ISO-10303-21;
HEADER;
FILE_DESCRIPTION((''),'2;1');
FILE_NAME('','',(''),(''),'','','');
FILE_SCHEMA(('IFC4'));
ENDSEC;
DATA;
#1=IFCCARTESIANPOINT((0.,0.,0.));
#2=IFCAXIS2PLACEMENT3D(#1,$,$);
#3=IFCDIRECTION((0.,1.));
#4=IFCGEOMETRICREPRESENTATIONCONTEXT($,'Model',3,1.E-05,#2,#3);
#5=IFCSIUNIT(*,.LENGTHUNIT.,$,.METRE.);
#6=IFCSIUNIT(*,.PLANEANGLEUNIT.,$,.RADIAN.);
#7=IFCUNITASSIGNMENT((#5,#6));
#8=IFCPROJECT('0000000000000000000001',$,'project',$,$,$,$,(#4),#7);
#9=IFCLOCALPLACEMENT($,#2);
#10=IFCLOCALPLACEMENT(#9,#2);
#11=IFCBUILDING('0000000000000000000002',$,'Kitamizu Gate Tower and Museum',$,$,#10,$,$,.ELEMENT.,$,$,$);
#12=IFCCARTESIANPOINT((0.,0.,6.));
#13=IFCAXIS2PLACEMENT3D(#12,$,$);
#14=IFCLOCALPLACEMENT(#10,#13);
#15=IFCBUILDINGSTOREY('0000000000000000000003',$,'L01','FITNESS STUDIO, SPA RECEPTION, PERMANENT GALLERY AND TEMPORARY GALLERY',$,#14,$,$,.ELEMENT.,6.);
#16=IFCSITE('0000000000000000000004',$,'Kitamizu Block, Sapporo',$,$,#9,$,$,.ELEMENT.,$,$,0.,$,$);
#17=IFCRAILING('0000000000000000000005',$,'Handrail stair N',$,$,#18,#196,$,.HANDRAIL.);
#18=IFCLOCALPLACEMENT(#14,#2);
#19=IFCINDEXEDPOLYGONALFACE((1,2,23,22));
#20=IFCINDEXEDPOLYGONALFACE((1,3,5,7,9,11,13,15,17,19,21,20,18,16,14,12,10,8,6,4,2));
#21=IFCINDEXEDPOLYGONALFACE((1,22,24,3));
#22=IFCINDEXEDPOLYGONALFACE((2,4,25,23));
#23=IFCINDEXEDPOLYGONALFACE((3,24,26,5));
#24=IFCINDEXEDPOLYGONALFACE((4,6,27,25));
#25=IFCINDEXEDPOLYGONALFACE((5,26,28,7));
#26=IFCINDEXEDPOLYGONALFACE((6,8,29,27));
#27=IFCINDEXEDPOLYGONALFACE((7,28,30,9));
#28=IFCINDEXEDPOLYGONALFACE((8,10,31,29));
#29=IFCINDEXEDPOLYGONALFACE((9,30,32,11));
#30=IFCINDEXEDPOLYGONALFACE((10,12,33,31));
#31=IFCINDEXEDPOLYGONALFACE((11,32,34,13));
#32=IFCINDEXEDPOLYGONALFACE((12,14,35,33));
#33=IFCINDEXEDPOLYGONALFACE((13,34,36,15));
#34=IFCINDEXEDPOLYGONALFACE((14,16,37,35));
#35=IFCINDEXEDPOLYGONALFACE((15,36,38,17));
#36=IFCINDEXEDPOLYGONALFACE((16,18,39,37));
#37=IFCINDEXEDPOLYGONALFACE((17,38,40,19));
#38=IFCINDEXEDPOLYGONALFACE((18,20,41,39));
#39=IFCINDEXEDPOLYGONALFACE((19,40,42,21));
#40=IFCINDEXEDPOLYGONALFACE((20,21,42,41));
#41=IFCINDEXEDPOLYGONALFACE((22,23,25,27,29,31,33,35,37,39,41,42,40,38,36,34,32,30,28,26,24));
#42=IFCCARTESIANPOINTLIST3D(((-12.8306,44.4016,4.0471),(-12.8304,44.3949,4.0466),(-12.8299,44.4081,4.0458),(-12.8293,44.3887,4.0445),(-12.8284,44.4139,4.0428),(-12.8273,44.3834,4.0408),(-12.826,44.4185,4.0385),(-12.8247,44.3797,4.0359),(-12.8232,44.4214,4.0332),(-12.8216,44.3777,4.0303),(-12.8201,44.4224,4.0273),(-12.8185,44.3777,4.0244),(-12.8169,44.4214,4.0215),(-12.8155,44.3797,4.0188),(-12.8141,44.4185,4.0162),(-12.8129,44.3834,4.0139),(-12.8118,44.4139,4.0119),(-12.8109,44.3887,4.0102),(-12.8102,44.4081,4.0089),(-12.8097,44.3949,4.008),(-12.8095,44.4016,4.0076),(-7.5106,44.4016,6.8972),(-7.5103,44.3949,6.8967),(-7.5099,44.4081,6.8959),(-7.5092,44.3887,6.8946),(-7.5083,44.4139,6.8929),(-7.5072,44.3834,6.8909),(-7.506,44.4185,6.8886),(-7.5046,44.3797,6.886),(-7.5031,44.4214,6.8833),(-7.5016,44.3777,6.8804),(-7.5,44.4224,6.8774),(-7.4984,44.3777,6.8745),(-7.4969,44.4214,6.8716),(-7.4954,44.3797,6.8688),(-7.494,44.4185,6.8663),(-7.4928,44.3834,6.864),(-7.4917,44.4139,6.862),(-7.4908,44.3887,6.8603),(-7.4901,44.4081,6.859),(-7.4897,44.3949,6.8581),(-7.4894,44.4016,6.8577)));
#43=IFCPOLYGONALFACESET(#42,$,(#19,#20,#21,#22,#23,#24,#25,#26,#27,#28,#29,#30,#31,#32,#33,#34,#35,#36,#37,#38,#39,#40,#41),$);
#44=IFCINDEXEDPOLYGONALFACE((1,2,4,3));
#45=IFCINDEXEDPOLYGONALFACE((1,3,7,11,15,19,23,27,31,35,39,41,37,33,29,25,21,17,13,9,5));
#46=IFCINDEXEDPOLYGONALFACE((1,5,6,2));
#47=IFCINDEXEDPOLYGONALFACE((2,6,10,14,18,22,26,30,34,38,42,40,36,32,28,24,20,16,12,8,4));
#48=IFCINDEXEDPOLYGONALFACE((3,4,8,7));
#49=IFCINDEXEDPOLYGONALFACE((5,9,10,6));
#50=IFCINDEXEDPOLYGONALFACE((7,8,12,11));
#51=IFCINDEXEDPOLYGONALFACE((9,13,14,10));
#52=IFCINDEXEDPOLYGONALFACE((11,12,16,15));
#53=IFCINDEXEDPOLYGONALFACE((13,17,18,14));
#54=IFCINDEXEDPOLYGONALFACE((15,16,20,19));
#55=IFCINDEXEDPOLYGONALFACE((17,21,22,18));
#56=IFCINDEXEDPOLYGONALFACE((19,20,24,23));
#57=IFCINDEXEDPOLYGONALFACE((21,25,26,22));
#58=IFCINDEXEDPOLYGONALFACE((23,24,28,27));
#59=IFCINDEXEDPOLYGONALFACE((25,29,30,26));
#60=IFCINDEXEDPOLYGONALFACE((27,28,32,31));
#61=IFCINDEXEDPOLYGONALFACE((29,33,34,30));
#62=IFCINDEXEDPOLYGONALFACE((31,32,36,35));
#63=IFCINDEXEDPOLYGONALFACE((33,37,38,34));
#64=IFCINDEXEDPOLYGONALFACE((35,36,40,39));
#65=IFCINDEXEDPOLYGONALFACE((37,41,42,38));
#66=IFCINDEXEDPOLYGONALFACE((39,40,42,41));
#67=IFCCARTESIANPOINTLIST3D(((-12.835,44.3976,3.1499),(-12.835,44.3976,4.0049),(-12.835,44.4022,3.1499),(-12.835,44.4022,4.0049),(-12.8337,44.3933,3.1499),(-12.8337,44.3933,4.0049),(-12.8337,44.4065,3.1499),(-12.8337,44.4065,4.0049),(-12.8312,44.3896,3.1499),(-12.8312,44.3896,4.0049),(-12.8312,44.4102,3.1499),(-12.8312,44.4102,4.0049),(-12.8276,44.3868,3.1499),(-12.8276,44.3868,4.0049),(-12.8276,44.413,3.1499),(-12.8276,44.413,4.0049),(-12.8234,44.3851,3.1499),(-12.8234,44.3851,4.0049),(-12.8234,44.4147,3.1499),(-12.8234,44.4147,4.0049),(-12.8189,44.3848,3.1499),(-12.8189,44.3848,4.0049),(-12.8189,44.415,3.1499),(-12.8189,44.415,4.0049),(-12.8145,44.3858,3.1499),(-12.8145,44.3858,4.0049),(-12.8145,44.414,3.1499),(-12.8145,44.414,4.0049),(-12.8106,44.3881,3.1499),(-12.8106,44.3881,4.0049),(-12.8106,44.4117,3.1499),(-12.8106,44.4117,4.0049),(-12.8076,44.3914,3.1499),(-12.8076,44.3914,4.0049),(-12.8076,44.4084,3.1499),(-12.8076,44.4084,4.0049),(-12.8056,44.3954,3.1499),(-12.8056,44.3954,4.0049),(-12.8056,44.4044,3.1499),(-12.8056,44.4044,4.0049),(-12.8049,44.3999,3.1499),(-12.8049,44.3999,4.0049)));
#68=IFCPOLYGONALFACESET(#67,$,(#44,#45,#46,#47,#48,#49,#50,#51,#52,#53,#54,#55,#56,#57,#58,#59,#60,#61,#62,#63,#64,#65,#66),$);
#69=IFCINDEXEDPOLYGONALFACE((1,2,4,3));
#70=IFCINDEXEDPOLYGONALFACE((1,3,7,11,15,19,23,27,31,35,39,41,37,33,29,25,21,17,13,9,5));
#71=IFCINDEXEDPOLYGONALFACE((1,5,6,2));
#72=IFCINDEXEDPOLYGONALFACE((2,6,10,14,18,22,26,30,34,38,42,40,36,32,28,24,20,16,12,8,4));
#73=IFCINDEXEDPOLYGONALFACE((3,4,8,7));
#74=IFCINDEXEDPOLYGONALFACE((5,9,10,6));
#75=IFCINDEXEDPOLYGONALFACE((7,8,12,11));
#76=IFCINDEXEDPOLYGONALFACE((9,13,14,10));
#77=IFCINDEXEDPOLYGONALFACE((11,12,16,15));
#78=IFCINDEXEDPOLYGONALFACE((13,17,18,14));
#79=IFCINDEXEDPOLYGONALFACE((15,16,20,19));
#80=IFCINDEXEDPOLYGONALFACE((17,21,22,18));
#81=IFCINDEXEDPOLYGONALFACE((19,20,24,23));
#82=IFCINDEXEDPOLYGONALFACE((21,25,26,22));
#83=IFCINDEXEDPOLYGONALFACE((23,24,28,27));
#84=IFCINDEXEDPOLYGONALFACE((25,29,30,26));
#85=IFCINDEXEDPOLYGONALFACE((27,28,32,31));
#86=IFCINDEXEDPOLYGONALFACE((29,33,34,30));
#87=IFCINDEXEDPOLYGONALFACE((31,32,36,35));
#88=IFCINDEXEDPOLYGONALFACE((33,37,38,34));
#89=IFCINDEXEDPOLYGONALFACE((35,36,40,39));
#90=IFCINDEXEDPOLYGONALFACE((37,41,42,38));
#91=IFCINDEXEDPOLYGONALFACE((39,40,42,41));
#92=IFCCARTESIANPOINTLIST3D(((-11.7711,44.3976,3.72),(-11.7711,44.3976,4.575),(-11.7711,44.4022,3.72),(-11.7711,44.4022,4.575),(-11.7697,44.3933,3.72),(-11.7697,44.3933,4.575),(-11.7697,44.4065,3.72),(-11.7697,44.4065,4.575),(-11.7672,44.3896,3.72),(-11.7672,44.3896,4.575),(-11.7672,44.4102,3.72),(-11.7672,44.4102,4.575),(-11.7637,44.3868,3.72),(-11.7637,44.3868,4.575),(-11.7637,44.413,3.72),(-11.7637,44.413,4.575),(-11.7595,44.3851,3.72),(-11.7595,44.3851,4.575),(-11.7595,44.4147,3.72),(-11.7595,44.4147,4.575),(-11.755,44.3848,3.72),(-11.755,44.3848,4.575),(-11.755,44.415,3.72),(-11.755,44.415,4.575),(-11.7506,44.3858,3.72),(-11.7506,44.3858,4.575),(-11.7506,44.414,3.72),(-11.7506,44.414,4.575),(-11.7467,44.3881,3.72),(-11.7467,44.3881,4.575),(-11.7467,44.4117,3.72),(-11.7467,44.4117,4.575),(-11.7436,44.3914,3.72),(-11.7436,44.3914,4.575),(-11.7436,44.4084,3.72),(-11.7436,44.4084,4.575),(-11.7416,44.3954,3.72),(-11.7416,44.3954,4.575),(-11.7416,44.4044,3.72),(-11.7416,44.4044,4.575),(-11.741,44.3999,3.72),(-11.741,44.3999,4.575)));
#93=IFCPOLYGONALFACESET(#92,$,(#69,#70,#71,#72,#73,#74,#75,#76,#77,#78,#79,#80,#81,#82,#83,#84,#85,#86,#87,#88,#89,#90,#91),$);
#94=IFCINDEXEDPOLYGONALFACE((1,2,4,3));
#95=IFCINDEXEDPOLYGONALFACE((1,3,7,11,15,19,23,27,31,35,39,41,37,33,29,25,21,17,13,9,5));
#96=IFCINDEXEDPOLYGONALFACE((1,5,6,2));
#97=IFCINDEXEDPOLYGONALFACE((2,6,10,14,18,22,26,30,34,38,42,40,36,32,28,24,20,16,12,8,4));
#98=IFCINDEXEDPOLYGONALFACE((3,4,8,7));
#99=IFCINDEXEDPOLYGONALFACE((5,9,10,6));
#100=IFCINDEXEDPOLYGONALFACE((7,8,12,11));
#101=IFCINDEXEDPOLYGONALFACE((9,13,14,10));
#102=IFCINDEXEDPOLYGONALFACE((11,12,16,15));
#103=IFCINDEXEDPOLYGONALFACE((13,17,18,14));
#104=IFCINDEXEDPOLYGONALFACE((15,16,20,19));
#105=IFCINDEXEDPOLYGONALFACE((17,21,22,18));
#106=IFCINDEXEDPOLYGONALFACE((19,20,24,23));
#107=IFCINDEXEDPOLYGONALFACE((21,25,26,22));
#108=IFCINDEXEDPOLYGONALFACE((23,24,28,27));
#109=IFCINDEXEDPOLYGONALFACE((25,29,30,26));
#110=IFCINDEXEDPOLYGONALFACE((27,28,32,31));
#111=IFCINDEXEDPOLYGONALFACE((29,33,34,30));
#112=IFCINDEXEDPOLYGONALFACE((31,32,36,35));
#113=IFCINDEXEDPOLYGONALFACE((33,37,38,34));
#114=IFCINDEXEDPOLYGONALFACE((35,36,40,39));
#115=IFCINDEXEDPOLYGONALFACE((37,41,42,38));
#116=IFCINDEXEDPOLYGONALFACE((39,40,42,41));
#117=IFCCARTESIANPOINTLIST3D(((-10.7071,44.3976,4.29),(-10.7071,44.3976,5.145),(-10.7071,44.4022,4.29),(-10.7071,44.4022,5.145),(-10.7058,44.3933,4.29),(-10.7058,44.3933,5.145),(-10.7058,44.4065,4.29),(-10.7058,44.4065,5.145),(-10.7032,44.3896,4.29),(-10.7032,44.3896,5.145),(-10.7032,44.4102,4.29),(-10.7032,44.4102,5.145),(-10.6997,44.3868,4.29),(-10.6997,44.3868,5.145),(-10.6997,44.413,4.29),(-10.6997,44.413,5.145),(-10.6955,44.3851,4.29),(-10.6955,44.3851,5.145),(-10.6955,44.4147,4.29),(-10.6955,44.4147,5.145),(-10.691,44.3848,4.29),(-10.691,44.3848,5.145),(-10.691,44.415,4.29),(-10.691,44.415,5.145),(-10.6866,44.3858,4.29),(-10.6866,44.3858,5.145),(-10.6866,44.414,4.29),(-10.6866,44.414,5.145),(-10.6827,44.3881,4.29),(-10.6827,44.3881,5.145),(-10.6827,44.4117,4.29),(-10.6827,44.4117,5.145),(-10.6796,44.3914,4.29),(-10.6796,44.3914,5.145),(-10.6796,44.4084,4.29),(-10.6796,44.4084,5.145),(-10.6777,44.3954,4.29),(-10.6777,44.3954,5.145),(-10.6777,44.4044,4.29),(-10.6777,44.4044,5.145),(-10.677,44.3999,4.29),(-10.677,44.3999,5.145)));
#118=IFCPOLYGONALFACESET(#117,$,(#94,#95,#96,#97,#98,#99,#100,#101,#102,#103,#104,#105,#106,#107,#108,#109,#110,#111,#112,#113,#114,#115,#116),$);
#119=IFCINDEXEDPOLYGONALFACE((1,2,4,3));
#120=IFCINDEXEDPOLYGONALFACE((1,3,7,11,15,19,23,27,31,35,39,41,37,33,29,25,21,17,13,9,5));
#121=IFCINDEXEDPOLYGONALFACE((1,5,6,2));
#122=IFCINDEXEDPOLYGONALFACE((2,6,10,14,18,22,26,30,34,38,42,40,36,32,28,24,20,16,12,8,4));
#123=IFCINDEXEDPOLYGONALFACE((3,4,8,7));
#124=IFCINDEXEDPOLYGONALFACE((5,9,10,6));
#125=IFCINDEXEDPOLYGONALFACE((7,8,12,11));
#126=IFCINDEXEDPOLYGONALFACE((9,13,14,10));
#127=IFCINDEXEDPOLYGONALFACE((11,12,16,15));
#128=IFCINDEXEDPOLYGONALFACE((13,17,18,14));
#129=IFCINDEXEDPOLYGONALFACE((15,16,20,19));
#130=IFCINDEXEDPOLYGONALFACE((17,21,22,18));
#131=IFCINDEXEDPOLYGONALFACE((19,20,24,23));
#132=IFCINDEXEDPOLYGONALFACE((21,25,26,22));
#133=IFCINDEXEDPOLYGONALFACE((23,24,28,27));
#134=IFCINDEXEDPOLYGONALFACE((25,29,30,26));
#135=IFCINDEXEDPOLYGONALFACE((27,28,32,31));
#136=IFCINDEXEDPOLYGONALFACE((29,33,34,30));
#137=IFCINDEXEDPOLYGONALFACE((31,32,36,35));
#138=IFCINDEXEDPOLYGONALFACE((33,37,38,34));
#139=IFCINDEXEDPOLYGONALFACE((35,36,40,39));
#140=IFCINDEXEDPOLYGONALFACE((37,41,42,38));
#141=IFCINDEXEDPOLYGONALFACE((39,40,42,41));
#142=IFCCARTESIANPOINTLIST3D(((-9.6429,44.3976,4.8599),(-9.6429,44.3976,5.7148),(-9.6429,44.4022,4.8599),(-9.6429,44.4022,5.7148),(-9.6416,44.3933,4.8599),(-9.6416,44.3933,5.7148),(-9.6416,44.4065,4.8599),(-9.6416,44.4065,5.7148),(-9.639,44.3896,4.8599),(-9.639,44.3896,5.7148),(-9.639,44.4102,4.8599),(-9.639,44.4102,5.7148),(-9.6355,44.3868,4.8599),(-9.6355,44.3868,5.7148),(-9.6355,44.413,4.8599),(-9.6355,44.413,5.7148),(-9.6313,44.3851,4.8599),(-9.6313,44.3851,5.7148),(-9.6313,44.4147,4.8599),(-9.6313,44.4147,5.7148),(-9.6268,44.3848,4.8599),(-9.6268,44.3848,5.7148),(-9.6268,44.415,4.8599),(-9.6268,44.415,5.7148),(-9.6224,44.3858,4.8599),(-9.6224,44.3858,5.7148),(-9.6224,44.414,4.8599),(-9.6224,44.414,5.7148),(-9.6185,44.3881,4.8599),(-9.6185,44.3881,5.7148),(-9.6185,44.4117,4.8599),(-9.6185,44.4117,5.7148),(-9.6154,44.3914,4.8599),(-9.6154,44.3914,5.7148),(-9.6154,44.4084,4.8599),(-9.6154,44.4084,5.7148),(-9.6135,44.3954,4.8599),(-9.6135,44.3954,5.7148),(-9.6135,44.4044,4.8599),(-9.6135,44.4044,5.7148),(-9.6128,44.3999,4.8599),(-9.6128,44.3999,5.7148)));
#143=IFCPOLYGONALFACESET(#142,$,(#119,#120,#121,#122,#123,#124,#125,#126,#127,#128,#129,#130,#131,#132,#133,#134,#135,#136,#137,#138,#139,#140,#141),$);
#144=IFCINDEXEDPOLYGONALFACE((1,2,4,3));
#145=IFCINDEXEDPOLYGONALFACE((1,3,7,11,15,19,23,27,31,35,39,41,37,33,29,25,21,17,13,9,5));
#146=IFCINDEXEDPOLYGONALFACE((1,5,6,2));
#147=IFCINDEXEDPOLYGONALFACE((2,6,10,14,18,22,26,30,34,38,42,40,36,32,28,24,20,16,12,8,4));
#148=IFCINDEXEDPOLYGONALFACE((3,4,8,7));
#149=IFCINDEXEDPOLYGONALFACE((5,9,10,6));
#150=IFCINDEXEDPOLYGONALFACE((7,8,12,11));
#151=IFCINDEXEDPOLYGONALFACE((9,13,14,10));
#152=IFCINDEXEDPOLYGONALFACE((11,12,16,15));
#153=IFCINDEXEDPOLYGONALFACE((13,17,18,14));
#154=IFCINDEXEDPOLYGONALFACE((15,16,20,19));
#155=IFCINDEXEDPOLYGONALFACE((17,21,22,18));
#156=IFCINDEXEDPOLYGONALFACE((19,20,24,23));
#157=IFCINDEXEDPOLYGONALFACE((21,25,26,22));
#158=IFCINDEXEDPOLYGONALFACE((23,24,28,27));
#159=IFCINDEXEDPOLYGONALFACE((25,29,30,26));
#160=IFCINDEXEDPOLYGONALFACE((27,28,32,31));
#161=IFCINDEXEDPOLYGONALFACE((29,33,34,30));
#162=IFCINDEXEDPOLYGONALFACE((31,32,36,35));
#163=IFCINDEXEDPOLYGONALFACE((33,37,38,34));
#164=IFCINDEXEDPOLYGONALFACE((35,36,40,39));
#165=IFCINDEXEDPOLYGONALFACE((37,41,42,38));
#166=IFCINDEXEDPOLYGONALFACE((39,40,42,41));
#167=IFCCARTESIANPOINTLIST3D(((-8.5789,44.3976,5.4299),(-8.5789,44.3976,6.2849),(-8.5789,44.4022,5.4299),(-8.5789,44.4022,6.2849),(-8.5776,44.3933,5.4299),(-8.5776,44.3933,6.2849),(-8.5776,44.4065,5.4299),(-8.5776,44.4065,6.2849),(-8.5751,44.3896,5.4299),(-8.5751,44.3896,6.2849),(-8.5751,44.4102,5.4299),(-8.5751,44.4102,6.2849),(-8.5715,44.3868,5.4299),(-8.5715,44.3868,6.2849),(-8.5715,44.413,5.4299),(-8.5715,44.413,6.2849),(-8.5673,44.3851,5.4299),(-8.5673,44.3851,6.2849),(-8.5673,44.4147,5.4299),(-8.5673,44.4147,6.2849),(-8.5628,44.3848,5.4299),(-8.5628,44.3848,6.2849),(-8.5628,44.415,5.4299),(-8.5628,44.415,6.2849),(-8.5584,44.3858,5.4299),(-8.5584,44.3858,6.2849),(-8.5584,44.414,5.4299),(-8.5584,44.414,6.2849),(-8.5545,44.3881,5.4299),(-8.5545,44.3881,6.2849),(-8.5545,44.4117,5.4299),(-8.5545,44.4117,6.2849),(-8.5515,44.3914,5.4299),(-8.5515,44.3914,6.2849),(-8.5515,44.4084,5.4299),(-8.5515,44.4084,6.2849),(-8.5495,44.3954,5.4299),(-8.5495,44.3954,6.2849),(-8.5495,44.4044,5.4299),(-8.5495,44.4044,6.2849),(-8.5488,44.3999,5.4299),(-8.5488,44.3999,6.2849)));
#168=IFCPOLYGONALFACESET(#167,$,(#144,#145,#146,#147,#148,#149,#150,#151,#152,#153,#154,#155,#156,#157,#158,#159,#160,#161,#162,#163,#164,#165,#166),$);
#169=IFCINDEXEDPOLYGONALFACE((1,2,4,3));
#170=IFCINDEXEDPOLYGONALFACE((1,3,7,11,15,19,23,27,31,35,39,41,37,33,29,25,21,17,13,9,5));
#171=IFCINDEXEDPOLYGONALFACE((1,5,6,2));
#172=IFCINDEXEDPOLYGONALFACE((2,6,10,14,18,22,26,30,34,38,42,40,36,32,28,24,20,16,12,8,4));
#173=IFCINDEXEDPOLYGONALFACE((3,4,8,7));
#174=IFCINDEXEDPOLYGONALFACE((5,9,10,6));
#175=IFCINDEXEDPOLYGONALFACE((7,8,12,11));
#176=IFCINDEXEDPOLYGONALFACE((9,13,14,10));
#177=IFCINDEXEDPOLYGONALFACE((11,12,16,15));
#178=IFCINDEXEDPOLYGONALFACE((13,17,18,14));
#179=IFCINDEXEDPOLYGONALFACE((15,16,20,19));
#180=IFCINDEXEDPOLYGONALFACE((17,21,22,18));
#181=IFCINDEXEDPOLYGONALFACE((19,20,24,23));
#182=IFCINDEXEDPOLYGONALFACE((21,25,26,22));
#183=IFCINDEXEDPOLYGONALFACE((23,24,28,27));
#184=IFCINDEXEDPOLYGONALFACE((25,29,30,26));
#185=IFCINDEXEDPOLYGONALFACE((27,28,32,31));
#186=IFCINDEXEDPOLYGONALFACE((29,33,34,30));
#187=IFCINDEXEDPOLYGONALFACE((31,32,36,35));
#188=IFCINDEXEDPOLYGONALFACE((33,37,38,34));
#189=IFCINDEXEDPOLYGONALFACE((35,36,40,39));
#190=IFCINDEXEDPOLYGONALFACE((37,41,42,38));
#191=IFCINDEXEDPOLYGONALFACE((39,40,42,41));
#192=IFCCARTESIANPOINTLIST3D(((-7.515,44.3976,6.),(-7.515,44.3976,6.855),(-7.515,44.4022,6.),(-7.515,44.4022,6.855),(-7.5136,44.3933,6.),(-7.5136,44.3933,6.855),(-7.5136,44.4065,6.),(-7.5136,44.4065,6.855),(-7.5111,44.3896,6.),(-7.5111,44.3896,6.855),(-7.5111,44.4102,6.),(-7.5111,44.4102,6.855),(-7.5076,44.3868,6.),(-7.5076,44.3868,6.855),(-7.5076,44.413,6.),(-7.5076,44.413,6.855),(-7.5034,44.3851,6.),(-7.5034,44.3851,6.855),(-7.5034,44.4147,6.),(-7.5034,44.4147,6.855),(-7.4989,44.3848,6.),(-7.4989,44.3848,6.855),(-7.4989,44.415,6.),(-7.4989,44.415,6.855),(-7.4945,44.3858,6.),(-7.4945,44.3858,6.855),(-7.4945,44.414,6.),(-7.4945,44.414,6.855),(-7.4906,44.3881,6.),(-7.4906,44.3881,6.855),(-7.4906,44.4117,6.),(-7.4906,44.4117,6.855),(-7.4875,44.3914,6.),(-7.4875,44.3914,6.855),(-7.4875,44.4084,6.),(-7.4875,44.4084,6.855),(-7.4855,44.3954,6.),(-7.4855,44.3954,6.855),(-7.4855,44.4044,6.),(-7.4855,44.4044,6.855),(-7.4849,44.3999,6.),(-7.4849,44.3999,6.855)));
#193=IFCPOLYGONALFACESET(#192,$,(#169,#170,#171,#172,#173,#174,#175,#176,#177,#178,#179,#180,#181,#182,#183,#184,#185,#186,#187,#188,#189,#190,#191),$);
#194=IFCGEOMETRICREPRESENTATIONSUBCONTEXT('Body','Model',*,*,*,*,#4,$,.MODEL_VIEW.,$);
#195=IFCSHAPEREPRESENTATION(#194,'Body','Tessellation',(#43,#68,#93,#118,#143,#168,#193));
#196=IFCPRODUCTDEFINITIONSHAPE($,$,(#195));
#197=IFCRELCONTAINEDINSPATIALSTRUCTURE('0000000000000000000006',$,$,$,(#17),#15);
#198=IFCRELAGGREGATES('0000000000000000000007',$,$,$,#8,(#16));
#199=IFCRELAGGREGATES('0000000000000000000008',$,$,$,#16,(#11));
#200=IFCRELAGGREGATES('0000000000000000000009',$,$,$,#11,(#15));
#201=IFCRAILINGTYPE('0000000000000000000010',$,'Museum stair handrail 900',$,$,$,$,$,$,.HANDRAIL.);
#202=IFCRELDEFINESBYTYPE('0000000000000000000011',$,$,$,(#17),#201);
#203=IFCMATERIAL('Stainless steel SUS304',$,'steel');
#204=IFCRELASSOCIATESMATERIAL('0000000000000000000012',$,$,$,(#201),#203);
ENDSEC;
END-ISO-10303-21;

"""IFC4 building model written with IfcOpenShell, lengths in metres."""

from ifc_helpers import new_model, si_unit, direction, frame, origin, origin_2d, place, context, subcontext, project, spatial, circle, extrude, material, type_object, element, save


model = new_model("IFC4")

# Units and contexts
model_context = context("Model", 3, precision=1e-05, world=origin(), true_north=direction((0.0, 1.0)))
body_context = subcontext(model_context, "Body", "Model", "MODEL_VIEW")
ifc_project = project(units=[si_unit("LENGTHUNIT", "METRE"), si_unit("PLANEANGLEUNIT", "RADIAN")], contexts=[model_context])

# Site, building, storey
site_placement = place(None, origin())
site = spatial("IfcSite", under=ifc_project, at=site_placement, Name="Kitamizu Block, Sapporo", CompositionType="ELEMENT", RefElevation=0.0)
building_placement = place(site_placement, origin())
building = spatial("IfcBuilding", under=site, at=building_placement, Name="Kitamizu Gate Tower and Museum", CompositionType="ELEMENT")
storey_placement = place(building_placement, frame((0.0, 0.0, 6.0)))
storey = spatial("IfcBuildingStorey", under=building, at=storey_placement, Name="L01", Description="FITNESS STUDIO, SPA RECEPTION, PERMANENT GALLERY AND TEMPORARY GALLERY", CompositionType="ELEMENT", Elevation=6.0)

# Railing
ifc_material_1 = material(Name="Stainless steel SUS304", Category="steel")
railing_type = type_object("IfcRailingType", Name="Museum stair handrail 900", PredefinedType="HANDRAIL", material=ifc_material_1)
for number, where, name in (
    (1, (-12.8201, 44.3999, 3.1499), "Handrail stair N"),
):
    element("IfcRailing", number, at=place(storey_placement, frame(where)), inside=storey, type_object=railing_type, Name=name, PredefinedType="HANDRAIL", context=body_context, shape_type="SweptSolid", body=[
        extrude(circle(Radius=0.0225, at=origin_2d()), frame((0.0, 0.0, 0.8774), z_axis=(0.881476, 0.0, 0.472229), x_axis=(0.0, 1.0, 0.0)), (0.0, 0.0, 1.0), 6.0354),
        extrude(circle(Radius=0.0151, at=origin_2d()), origin(), (0.0, 0.0, 1.0), 0.855),
        extrude(circle(Radius=0.0151, at=origin_2d()), frame((1.064, 0.0, 0.5701)), (0.0, 0.0, 1.0), 0.855),
        extrude(circle(Radius=0.0151, at=origin_2d()), frame((2.1279, 0.0, 1.1401)), (0.0, 0.0, 1.0), 0.855),
        extrude(circle(Radius=0.0151, at=origin_2d()), frame((3.1921, 0.0, 1.71)), (0.0, 0.0, 1.0), 0.855),
        extrude(circle(Radius=0.0151, at=origin_2d()), frame((4.2561, 0.0, 2.28)), (0.0, 0.0, 1.0), 0.855),
        extrude(circle(Radius=0.0151, at=origin_2d()), frame((5.3201, 0.0, 2.8501)), (0.0, 0.0, 1.0), 0.855),
    ])

save(model, "model.ifc")
